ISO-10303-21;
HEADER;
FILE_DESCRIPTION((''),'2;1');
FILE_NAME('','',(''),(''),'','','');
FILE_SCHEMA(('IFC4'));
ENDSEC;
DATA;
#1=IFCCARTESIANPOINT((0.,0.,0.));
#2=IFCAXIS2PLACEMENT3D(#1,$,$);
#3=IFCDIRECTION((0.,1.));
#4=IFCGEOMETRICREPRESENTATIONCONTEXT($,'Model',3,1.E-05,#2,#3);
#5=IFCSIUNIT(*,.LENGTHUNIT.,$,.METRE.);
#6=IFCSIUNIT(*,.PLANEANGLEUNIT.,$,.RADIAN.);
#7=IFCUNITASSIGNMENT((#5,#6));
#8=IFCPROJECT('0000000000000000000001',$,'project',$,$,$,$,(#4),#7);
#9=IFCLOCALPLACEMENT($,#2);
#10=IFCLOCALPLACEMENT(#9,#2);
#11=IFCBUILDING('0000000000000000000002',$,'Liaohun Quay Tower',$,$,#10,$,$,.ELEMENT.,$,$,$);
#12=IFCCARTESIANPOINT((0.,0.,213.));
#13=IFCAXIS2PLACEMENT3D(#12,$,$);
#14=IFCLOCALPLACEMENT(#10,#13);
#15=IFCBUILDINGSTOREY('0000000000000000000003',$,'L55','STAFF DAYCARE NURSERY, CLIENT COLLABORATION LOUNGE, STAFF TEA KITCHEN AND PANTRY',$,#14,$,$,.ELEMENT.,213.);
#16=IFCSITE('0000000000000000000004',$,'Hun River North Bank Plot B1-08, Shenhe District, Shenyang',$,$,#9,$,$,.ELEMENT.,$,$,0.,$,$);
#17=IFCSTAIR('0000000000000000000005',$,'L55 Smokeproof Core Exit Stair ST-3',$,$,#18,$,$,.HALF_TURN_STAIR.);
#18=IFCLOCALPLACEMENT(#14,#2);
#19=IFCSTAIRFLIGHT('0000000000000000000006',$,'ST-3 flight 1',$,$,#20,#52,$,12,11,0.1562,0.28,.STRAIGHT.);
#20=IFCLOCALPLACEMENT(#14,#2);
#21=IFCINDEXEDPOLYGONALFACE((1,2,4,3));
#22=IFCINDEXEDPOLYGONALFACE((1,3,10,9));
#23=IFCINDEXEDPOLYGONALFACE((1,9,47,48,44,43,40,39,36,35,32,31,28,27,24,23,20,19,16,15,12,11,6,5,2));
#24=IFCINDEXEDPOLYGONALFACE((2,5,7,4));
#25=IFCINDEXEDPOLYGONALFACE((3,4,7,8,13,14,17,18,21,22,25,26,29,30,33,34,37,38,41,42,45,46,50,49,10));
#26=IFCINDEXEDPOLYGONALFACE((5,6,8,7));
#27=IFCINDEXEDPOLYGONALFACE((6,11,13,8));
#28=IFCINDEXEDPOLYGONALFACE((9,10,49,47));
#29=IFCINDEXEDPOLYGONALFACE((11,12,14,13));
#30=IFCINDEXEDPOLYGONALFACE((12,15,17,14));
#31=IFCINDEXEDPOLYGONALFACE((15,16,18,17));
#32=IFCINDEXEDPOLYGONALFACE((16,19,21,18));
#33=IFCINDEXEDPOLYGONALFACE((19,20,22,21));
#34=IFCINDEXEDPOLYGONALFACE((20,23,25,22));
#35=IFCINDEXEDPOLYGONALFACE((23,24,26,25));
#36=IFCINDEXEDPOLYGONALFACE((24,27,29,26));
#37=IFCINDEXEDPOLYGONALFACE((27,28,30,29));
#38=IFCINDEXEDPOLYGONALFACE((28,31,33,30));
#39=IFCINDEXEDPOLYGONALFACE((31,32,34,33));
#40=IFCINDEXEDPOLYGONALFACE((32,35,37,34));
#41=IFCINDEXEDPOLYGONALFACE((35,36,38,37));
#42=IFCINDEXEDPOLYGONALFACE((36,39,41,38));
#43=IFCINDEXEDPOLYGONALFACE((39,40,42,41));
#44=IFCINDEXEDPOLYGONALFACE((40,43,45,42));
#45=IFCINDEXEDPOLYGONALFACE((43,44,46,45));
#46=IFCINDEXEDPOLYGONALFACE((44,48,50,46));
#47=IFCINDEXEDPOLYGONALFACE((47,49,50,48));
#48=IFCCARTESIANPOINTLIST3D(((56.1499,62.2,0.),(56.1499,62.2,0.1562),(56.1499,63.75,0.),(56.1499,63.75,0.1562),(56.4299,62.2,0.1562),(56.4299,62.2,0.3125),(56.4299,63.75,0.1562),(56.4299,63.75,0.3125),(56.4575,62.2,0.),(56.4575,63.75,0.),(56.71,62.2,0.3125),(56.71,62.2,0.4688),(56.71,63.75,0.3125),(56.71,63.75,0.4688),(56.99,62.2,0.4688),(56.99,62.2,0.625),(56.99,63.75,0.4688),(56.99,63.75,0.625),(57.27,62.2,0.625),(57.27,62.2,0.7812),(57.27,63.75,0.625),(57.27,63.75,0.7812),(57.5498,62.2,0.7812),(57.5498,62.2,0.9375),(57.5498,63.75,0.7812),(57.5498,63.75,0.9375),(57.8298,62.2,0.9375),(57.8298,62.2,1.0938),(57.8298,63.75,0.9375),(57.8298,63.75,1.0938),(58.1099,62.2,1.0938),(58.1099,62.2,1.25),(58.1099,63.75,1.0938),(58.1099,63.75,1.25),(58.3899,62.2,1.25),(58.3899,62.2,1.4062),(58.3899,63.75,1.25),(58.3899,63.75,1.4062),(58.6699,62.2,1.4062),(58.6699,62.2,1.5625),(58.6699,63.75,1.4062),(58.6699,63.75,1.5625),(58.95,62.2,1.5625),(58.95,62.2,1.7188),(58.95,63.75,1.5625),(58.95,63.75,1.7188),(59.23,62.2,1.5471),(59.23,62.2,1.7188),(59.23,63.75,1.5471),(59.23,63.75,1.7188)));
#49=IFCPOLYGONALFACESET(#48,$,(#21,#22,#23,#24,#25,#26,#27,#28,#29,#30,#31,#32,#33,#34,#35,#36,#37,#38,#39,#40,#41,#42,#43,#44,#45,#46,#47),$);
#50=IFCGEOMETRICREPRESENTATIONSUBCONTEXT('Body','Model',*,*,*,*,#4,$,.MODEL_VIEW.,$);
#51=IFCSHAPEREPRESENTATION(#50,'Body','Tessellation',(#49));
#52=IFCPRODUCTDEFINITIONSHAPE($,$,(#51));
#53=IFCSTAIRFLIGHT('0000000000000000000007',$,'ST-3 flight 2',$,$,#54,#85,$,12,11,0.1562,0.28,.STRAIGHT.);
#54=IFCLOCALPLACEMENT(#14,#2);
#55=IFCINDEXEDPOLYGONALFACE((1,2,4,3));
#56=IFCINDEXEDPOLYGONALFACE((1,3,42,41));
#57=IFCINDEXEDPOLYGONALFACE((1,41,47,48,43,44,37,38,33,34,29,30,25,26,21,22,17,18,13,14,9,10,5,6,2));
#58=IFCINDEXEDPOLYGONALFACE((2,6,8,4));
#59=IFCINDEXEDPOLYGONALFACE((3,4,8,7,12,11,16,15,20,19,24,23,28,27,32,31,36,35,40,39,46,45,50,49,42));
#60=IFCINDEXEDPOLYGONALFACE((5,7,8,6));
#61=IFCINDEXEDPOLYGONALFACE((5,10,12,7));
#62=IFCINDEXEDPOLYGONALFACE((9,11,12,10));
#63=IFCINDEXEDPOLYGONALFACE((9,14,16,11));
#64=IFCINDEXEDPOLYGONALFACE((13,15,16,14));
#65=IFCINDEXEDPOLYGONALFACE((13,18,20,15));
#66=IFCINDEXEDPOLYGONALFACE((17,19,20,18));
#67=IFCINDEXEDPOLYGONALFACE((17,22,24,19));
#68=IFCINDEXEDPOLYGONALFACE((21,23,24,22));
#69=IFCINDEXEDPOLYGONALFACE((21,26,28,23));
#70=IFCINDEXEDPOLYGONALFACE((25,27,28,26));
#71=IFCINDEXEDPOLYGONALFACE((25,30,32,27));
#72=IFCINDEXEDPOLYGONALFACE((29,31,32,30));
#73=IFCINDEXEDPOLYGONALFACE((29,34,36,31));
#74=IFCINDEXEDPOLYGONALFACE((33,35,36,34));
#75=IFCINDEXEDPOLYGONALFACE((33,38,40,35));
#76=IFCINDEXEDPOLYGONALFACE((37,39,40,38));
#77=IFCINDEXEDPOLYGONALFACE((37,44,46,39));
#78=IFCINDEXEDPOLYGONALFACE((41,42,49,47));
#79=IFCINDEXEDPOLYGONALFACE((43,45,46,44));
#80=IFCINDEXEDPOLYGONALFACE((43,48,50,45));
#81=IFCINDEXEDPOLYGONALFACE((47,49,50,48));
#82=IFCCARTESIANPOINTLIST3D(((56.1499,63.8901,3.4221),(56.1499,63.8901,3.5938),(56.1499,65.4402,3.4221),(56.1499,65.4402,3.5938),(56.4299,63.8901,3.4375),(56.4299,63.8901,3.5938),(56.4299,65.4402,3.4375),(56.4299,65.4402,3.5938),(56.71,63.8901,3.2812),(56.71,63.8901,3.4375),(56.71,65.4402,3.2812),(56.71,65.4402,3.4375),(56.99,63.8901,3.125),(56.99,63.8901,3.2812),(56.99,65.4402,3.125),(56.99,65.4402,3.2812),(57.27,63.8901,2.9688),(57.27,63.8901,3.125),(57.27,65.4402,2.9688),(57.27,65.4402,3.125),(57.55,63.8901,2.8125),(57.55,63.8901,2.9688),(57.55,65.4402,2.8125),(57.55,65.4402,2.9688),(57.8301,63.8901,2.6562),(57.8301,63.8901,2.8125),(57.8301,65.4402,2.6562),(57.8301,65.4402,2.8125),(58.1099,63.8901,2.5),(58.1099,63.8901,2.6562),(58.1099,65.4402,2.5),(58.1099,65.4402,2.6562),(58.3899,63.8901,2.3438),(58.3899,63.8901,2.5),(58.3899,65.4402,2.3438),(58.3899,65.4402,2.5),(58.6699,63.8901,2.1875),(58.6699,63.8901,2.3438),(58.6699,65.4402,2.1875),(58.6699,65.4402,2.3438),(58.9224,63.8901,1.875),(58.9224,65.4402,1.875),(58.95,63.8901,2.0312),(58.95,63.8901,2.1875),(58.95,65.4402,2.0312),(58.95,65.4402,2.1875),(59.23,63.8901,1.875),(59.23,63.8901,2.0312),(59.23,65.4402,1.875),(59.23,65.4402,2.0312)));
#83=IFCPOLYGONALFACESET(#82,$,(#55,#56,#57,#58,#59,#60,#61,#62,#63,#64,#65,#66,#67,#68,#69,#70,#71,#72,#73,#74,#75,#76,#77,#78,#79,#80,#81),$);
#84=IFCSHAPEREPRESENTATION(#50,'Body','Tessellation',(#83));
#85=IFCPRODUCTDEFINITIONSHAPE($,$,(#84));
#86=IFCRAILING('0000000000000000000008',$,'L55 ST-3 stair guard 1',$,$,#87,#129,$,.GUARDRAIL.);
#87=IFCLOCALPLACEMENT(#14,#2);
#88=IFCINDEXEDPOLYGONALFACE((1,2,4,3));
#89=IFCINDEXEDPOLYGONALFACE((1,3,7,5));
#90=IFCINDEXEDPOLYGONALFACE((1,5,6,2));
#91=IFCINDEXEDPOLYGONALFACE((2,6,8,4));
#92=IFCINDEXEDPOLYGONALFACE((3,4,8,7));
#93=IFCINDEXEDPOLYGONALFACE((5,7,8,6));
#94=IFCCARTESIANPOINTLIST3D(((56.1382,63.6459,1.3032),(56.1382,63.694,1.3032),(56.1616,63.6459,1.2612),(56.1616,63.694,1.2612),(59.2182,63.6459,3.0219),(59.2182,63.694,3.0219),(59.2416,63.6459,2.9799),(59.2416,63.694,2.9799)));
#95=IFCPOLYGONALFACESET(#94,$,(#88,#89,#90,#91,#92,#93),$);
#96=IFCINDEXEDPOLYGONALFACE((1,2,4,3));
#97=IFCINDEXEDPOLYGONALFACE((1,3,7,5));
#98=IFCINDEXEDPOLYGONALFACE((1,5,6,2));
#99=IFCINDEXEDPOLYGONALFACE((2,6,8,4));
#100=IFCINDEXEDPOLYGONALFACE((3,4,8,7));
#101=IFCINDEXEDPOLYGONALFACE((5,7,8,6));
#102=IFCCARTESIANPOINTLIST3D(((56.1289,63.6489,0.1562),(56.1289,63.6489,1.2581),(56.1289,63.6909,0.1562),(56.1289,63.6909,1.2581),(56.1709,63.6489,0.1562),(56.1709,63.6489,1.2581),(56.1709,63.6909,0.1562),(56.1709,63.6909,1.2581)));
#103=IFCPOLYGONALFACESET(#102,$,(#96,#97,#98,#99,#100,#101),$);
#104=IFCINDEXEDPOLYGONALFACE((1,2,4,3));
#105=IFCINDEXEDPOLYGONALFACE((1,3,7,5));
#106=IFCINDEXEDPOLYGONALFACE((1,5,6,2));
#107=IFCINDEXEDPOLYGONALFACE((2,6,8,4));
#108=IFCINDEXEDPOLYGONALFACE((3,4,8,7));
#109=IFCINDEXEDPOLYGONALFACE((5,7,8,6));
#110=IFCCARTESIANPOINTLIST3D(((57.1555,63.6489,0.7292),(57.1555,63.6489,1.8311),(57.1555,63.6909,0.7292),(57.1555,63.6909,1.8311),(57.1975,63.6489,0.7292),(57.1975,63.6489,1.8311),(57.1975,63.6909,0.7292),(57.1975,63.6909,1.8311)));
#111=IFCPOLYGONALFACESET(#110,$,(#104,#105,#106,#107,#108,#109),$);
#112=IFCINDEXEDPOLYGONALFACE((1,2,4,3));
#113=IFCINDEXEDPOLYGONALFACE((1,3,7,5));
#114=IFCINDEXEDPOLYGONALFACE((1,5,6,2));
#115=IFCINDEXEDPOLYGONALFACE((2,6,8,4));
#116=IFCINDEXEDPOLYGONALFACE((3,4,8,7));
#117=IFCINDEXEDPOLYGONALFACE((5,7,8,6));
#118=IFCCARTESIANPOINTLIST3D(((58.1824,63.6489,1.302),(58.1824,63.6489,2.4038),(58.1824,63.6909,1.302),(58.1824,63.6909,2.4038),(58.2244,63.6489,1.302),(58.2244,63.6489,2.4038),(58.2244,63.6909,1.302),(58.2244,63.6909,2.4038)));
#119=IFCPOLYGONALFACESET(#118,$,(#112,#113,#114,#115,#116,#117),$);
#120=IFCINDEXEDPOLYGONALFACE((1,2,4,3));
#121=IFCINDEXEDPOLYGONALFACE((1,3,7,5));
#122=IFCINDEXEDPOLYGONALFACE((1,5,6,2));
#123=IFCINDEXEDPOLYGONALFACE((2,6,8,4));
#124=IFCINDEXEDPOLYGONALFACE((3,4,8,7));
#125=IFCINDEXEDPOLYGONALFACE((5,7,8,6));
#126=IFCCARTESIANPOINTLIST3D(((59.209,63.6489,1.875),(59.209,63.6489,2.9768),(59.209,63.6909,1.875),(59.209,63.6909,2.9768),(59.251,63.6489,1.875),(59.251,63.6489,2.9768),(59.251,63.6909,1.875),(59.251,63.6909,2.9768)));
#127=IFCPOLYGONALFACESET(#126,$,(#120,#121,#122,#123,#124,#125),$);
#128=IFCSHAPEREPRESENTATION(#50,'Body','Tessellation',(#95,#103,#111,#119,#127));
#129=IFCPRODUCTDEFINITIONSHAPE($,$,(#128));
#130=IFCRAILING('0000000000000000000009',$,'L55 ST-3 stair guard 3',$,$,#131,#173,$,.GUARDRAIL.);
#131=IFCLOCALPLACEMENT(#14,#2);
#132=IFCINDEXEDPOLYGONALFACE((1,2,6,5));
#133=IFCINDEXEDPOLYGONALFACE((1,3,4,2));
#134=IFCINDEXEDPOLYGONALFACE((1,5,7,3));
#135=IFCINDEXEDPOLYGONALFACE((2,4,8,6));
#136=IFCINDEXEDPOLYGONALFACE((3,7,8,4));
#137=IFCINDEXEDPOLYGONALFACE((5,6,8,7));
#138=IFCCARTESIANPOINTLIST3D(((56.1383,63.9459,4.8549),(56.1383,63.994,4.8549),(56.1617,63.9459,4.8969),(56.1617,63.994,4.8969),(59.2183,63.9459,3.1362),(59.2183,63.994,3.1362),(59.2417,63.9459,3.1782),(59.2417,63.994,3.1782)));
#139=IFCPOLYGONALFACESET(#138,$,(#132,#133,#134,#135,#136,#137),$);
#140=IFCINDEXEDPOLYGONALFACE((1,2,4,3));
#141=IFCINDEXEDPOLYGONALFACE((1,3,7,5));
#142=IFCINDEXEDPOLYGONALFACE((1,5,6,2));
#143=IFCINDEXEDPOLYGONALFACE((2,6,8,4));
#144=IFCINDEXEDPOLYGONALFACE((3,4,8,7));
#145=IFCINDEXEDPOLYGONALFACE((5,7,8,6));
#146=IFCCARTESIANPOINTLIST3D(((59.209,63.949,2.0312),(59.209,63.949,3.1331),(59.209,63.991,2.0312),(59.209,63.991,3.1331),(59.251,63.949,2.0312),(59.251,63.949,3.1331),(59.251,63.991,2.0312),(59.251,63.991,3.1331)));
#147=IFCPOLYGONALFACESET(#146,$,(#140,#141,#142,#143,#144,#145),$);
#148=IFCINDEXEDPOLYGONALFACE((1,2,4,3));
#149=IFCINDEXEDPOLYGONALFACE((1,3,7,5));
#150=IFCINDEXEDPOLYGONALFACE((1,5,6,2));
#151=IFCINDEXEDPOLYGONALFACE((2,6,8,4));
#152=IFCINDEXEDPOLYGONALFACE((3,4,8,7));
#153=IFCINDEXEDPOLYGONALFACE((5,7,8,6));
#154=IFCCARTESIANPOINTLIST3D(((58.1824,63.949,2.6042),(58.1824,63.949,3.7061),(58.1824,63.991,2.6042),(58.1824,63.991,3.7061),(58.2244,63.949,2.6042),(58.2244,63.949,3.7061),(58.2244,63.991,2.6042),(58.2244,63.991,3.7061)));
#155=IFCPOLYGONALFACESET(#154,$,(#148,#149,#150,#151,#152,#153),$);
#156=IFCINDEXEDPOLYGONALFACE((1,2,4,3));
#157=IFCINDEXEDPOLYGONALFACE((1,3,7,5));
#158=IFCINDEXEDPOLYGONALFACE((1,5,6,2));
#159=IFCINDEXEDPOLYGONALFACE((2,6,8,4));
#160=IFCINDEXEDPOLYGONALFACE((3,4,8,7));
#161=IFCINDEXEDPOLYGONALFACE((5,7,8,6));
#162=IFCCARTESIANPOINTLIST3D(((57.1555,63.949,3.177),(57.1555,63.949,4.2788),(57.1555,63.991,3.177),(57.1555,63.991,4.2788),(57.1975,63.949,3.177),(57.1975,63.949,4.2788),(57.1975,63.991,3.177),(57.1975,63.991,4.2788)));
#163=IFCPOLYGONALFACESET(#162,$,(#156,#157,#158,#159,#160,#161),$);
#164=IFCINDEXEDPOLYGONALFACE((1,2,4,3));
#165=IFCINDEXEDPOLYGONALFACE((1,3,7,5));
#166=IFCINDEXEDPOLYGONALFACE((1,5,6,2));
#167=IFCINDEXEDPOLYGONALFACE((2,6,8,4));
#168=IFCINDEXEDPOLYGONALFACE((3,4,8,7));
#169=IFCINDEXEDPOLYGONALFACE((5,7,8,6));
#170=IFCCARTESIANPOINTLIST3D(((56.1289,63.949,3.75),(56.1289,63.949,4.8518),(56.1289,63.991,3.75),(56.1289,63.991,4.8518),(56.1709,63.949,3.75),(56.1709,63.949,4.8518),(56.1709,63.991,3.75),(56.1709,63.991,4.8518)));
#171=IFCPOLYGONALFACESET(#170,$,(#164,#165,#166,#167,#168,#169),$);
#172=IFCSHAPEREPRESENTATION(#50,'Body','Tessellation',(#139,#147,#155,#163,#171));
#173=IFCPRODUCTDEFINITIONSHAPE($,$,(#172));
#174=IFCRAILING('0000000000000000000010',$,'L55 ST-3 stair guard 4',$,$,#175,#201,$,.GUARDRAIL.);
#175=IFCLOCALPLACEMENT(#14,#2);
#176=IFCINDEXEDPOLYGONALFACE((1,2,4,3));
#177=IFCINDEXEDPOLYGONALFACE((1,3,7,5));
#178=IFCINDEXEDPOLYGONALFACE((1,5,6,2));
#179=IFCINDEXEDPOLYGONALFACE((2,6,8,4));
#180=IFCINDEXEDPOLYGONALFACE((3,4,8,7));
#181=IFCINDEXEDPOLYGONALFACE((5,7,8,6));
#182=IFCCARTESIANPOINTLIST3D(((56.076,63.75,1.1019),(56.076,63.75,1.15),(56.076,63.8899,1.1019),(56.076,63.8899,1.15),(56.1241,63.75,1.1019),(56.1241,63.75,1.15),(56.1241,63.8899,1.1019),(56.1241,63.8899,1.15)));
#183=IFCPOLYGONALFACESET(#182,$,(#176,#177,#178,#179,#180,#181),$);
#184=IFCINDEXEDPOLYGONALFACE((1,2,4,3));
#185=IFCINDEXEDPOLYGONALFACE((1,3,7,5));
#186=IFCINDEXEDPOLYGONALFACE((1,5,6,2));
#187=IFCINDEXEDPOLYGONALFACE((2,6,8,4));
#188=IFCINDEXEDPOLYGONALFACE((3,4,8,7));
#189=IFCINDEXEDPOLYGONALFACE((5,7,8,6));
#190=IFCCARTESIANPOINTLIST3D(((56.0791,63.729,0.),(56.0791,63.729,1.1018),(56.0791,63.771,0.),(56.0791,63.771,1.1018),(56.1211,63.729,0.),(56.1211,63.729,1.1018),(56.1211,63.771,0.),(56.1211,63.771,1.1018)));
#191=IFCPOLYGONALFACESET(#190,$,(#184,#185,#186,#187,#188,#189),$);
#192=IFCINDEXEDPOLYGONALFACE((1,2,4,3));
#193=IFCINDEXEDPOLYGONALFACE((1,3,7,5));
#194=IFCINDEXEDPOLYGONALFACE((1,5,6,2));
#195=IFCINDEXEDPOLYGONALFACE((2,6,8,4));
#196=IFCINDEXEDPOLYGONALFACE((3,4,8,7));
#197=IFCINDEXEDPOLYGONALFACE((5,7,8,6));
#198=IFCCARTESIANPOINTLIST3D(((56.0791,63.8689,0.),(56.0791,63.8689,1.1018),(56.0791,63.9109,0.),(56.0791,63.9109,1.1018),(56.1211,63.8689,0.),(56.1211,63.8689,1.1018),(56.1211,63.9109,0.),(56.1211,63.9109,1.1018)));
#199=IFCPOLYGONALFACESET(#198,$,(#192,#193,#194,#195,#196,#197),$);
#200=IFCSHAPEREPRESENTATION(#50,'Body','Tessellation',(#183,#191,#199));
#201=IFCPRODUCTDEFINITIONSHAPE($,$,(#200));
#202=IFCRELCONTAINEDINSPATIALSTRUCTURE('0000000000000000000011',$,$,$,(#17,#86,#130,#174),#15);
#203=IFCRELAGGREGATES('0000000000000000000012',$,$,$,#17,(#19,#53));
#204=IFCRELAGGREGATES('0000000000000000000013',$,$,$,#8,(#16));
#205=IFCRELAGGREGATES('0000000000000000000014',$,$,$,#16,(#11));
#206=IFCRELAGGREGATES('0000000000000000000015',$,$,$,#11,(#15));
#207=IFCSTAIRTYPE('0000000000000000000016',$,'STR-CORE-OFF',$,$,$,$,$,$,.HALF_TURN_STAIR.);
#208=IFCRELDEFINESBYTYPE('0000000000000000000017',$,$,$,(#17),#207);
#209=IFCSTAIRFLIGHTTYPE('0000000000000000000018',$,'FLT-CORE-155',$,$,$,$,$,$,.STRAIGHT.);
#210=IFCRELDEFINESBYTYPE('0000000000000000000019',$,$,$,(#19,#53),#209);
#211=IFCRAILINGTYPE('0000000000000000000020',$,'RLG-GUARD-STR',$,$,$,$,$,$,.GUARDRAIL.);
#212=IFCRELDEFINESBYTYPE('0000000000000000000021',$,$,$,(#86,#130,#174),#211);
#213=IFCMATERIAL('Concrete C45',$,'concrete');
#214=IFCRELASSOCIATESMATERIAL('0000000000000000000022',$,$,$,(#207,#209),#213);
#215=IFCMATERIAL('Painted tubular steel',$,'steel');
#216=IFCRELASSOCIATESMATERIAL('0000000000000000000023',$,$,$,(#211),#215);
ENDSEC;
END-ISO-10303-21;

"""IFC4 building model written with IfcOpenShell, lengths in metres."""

from ifc_helpers import new_model, si_unit, direction, frame, origin, origin_2d, place, context, subcontext, project, spatial, polyline, rectangle, outline, extrude, material, type_object, element, aggregate, save


model = new_model("IFC4")

# Units and contexts
model_context = context("Model", 3, precision=1e-05, world=origin(), true_north=direction((0.0, 1.0)))
body_context = subcontext(model_context, "Body", "Model", "MODEL_VIEW")
ifc_project = project(units=[si_unit("LENGTHUNIT", "METRE"), si_unit("PLANEANGLEUNIT", "RADIAN")], contexts=[model_context])

# Site, building, storey
site_placement = place(None, origin())
site = spatial("IfcSite", under=ifc_project, at=site_placement, Name="Hun River North Bank Plot B1-08, Shenhe District, Shenyang", CompositionType="ELEMENT", RefElevation=0.0)
building_placement = place(site_placement, origin())
building = spatial("IfcBuilding", under=site, at=building_placement, Name="Liaohun Quay Tower", CompositionType="ELEMENT")
storey_placement = place(building_placement, frame((0.0, 0.0, 213.0)))
storey = spatial("IfcBuildingStorey", under=building, at=storey_placement, Name="L55", Description="STAFF DAYCARE NURSERY, CLIENT COLLABORATION LOUNGE, STAFF TEA KITCHEN AND PANTRY", CompositionType="ELEMENT", Elevation=213.0)

# Stair, stair flights
ifc_material_1 = material(Name="Concrete C45", Category="concrete")
stair_type = type_object("IfcStairType", Name="STR-CORE-OFF", PredefinedType="HALF_TURN_STAIR", material=ifc_material_1)
stair_placement = place(storey_placement, origin())
stair = element("IfcStair", 1, at=stair_placement, inside=storey, type_object=stair_type, Name="L55 Smokeproof Core Exit Stair ST-3", PredefinedType="HALF_TURN_STAIR")
stair_flight_type = type_object("IfcStairFlightType", Name="FLT-CORE-155", PredefinedType="STRAIGHT", material=ifc_material_1)
stair_flight_1_placement = place(storey_placement, frame((56.1499, 62.9751, 0.0), z_axis=(0.0, 0.0, 1.0), x_axis=(1.0, 0.0, 0.0)))
stair_flight_1 = element("IfcStairFlight", 2, at=stair_flight_1_placement, type_object=stair_flight_type, Name="ST-3 flight 1", NumberOfRisers=12, NumberOfTreads=11, PredefinedType="STRAIGHT", RiserHeight=0.1562, TreadLength=0.28, context=body_context, shape_type="SweptSolid", body=[
    extrude(outline(polyline([(0.0, 0.0), (0.0, 0.1562), (0.28, 0.1562), (0.28, 0.3125), (0.5601, 0.3125), (0.5601, 0.4688), (0.8401, 0.4688), (0.8401, 0.625), (1.1201, 0.625), (1.1201, 0.7812), (1.3999, 0.7812), (1.3999, 0.9375), (1.6799, 0.9375), (1.6799, 1.0938), (1.96, 1.0938), (1.96, 1.25), (2.24, 1.25), (2.24, 1.4062), (2.52, 1.4062), (2.52, 1.5625), (2.8, 1.5625), (2.8, 1.7188), (3.0801, 1.7188), (3.0801, 1.875), (3.0801, 1.5471), (0.3076, 0.0), (0.0, 0.0)])), frame((0.0, 0.7749, 0.0), z_axis=(0.0, -1.0, 0.0), x_axis=(1.0, 0.0, 0.0)), (0.0, 0.0, 1.0), 1.55),
])
stair_flight_2_placement = place(storey_placement, frame((59.23, 64.665, 1.875), z_axis=(0.0, 0.0, 1.0), x_axis=(-1.0, 0.0, 0.0)))
stair_flight_2 = element("IfcStairFlight", 3, at=stair_flight_2_placement, type_object=stair_flight_type, Name="ST-3 flight 2", NumberOfRisers=12, NumberOfTreads=11, PredefinedType="STRAIGHT", RiserHeight=0.1562, TreadLength=0.28, context=body_context, shape_type="SweptSolid", body=[
    extrude(outline(polyline([(0.0, 0.0), (0.0, 0.1562), (0.28, 0.1562), (0.28, 0.3125), (0.5601, 0.3125), (0.5601, 0.4688), (0.8401, 0.4688), (0.8401, 0.625), (1.1201, 0.625), (1.1201, 0.7812), (1.3999, 0.7812), (1.3999, 0.9375), (1.6799, 0.9375), (1.6799, 1.0938), (1.96, 1.0938), (1.96, 1.25), (2.24, 1.25), (2.24, 1.4062), (2.52, 1.4062), (2.52, 1.5625), (2.8, 1.5625), (2.8, 1.7188), (3.0801, 1.7188), (3.0801, 1.875), (3.0801, 1.5471), (0.3076, 0.0), (0.0, 0.0)])), frame((0.0, 0.7749, 0.0), z_axis=(0.0, -1.0, 0.0), x_axis=(1.0, 0.0, 0.0)), (0.0, 0.0, 1.0), 1.55),
])
aggregate(stair, [stair_flight_1, stair_flight_2])

# Railings
ifc_material_2 = material(Name="Painted tubular steel", Category="steel")
railing_type_1 = type_object("IfcRailingType", Name="RLG-GUARD-STR", PredefinedType="GUARDRAIL", material=ifc_material_2)
railing_1_placement = place(storey_placement, frame((56.1499, 63.6699, 0.1562)))
element("IfcRailing", 4, at=railing_1_placement, inside=storey, type_object=railing_type_1, Name="L55 ST-3 stair guard 1", PredefinedType="GUARDRAIL", context=body_context, shape_type="SweptSolid", body=[
    extrude(rectangle(XDim=0.0481, YDim=0.0481, at=origin_2d()), frame((0.0, 0.0, 1.126), z_axis=(0.873242, 0.0, 0.487288), x_axis=(0.0, 1.0, 0.0)), (0.0, 0.0, 1.0), 3.5271),
    extrude(rectangle(XDim=0.042, YDim=0.042, at=origin_2d()), origin(), (0.0, 0.0, 1.0), 1.1018),
    extrude(rectangle(XDim=0.042, YDim=0.042, at=origin_2d()), frame((1.0266, 0.0, 0.573)), (0.0, 0.0, 1.0), 1.1018),
    extrude(rectangle(XDim=0.042, YDim=0.042, at=origin_2d()), frame((2.0535, 0.0, 1.1458)), (0.0, 0.0, 1.0), 1.1018),
    extrude(rectangle(XDim=0.042, YDim=0.042, at=origin_2d()), frame((3.0801, 0.0, 1.7188)), (0.0, 0.0, 1.0), 1.1018),
])
railing_2_placement = place(storey_placement, frame((59.23, 63.97, 2.0312)))
element("IfcRailing", 5, at=railing_2_placement, inside=storey, type_object=railing_type_1, Name="L55 ST-3 stair guard 3", PredefinedType="GUARDRAIL", context=body_context, shape_type="SweptSolid", body=[
    extrude(rectangle(XDim=0.0481, YDim=0.0481, at=origin_2d()), frame((0.0, 0.0, 1.126), z_axis=(-0.873242, 0.0, 0.487288), x_axis=(0.0, -1.0, 0.0)), (0.0, 0.0, 1.0), 3.5271),
    extrude(rectangle(XDim=0.042, YDim=0.042, at=origin_2d()), origin(), (0.0, 0.0, 1.0), 1.1018),
    extrude(rectangle(XDim=0.042, YDim=0.042, at=origin_2d()), frame((-1.0266, 0.0, 0.573)), (0.0, 0.0, 1.0), 1.1018),
    extrude(rectangle(XDim=0.042, YDim=0.042, at=origin_2d()), frame((-2.0535, 0.0, 1.1458)), (0.0, 0.0, 1.0), 1.1018),
    extrude(rectangle(XDim=0.042, YDim=0.042, at=origin_2d()), frame((-3.0801, 0.0, 1.7188)), (0.0, 0.0, 1.0), 1.1018),
])
railing_3_placement = place(storey_placement, frame((56.1001, 63.75, 0.0)))
element("IfcRailing", 6, at=railing_3_placement, inside=storey, type_object=railing_type_1, Name="L55 ST-3 stair guard 4", PredefinedType="GUARDRAIL", context=body_context, shape_type="SweptSolid", body=[
    extrude(rectangle(XDim=0.0481, YDim=0.0481, at=origin_2d()), frame((0.0, 0.0, 1.126), z_axis=(0.0, 1.0, 0.0), x_axis=(-1.0, 0.0, 0.0)), (0.0, 0.0, 1.0), 0.1399),
    extrude(rectangle(XDim=0.042, YDim=0.042, at=origin_2d()), origin(), (0.0, 0.0, 1.0), 1.1018),
    extrude(rectangle(XDim=0.042, YDim=0.042, at=origin_2d()), frame((0.0, 0.1399, 0.0)), (0.0, 0.0, 1.0), 1.1018),
])

save(model, "model.ifc")
